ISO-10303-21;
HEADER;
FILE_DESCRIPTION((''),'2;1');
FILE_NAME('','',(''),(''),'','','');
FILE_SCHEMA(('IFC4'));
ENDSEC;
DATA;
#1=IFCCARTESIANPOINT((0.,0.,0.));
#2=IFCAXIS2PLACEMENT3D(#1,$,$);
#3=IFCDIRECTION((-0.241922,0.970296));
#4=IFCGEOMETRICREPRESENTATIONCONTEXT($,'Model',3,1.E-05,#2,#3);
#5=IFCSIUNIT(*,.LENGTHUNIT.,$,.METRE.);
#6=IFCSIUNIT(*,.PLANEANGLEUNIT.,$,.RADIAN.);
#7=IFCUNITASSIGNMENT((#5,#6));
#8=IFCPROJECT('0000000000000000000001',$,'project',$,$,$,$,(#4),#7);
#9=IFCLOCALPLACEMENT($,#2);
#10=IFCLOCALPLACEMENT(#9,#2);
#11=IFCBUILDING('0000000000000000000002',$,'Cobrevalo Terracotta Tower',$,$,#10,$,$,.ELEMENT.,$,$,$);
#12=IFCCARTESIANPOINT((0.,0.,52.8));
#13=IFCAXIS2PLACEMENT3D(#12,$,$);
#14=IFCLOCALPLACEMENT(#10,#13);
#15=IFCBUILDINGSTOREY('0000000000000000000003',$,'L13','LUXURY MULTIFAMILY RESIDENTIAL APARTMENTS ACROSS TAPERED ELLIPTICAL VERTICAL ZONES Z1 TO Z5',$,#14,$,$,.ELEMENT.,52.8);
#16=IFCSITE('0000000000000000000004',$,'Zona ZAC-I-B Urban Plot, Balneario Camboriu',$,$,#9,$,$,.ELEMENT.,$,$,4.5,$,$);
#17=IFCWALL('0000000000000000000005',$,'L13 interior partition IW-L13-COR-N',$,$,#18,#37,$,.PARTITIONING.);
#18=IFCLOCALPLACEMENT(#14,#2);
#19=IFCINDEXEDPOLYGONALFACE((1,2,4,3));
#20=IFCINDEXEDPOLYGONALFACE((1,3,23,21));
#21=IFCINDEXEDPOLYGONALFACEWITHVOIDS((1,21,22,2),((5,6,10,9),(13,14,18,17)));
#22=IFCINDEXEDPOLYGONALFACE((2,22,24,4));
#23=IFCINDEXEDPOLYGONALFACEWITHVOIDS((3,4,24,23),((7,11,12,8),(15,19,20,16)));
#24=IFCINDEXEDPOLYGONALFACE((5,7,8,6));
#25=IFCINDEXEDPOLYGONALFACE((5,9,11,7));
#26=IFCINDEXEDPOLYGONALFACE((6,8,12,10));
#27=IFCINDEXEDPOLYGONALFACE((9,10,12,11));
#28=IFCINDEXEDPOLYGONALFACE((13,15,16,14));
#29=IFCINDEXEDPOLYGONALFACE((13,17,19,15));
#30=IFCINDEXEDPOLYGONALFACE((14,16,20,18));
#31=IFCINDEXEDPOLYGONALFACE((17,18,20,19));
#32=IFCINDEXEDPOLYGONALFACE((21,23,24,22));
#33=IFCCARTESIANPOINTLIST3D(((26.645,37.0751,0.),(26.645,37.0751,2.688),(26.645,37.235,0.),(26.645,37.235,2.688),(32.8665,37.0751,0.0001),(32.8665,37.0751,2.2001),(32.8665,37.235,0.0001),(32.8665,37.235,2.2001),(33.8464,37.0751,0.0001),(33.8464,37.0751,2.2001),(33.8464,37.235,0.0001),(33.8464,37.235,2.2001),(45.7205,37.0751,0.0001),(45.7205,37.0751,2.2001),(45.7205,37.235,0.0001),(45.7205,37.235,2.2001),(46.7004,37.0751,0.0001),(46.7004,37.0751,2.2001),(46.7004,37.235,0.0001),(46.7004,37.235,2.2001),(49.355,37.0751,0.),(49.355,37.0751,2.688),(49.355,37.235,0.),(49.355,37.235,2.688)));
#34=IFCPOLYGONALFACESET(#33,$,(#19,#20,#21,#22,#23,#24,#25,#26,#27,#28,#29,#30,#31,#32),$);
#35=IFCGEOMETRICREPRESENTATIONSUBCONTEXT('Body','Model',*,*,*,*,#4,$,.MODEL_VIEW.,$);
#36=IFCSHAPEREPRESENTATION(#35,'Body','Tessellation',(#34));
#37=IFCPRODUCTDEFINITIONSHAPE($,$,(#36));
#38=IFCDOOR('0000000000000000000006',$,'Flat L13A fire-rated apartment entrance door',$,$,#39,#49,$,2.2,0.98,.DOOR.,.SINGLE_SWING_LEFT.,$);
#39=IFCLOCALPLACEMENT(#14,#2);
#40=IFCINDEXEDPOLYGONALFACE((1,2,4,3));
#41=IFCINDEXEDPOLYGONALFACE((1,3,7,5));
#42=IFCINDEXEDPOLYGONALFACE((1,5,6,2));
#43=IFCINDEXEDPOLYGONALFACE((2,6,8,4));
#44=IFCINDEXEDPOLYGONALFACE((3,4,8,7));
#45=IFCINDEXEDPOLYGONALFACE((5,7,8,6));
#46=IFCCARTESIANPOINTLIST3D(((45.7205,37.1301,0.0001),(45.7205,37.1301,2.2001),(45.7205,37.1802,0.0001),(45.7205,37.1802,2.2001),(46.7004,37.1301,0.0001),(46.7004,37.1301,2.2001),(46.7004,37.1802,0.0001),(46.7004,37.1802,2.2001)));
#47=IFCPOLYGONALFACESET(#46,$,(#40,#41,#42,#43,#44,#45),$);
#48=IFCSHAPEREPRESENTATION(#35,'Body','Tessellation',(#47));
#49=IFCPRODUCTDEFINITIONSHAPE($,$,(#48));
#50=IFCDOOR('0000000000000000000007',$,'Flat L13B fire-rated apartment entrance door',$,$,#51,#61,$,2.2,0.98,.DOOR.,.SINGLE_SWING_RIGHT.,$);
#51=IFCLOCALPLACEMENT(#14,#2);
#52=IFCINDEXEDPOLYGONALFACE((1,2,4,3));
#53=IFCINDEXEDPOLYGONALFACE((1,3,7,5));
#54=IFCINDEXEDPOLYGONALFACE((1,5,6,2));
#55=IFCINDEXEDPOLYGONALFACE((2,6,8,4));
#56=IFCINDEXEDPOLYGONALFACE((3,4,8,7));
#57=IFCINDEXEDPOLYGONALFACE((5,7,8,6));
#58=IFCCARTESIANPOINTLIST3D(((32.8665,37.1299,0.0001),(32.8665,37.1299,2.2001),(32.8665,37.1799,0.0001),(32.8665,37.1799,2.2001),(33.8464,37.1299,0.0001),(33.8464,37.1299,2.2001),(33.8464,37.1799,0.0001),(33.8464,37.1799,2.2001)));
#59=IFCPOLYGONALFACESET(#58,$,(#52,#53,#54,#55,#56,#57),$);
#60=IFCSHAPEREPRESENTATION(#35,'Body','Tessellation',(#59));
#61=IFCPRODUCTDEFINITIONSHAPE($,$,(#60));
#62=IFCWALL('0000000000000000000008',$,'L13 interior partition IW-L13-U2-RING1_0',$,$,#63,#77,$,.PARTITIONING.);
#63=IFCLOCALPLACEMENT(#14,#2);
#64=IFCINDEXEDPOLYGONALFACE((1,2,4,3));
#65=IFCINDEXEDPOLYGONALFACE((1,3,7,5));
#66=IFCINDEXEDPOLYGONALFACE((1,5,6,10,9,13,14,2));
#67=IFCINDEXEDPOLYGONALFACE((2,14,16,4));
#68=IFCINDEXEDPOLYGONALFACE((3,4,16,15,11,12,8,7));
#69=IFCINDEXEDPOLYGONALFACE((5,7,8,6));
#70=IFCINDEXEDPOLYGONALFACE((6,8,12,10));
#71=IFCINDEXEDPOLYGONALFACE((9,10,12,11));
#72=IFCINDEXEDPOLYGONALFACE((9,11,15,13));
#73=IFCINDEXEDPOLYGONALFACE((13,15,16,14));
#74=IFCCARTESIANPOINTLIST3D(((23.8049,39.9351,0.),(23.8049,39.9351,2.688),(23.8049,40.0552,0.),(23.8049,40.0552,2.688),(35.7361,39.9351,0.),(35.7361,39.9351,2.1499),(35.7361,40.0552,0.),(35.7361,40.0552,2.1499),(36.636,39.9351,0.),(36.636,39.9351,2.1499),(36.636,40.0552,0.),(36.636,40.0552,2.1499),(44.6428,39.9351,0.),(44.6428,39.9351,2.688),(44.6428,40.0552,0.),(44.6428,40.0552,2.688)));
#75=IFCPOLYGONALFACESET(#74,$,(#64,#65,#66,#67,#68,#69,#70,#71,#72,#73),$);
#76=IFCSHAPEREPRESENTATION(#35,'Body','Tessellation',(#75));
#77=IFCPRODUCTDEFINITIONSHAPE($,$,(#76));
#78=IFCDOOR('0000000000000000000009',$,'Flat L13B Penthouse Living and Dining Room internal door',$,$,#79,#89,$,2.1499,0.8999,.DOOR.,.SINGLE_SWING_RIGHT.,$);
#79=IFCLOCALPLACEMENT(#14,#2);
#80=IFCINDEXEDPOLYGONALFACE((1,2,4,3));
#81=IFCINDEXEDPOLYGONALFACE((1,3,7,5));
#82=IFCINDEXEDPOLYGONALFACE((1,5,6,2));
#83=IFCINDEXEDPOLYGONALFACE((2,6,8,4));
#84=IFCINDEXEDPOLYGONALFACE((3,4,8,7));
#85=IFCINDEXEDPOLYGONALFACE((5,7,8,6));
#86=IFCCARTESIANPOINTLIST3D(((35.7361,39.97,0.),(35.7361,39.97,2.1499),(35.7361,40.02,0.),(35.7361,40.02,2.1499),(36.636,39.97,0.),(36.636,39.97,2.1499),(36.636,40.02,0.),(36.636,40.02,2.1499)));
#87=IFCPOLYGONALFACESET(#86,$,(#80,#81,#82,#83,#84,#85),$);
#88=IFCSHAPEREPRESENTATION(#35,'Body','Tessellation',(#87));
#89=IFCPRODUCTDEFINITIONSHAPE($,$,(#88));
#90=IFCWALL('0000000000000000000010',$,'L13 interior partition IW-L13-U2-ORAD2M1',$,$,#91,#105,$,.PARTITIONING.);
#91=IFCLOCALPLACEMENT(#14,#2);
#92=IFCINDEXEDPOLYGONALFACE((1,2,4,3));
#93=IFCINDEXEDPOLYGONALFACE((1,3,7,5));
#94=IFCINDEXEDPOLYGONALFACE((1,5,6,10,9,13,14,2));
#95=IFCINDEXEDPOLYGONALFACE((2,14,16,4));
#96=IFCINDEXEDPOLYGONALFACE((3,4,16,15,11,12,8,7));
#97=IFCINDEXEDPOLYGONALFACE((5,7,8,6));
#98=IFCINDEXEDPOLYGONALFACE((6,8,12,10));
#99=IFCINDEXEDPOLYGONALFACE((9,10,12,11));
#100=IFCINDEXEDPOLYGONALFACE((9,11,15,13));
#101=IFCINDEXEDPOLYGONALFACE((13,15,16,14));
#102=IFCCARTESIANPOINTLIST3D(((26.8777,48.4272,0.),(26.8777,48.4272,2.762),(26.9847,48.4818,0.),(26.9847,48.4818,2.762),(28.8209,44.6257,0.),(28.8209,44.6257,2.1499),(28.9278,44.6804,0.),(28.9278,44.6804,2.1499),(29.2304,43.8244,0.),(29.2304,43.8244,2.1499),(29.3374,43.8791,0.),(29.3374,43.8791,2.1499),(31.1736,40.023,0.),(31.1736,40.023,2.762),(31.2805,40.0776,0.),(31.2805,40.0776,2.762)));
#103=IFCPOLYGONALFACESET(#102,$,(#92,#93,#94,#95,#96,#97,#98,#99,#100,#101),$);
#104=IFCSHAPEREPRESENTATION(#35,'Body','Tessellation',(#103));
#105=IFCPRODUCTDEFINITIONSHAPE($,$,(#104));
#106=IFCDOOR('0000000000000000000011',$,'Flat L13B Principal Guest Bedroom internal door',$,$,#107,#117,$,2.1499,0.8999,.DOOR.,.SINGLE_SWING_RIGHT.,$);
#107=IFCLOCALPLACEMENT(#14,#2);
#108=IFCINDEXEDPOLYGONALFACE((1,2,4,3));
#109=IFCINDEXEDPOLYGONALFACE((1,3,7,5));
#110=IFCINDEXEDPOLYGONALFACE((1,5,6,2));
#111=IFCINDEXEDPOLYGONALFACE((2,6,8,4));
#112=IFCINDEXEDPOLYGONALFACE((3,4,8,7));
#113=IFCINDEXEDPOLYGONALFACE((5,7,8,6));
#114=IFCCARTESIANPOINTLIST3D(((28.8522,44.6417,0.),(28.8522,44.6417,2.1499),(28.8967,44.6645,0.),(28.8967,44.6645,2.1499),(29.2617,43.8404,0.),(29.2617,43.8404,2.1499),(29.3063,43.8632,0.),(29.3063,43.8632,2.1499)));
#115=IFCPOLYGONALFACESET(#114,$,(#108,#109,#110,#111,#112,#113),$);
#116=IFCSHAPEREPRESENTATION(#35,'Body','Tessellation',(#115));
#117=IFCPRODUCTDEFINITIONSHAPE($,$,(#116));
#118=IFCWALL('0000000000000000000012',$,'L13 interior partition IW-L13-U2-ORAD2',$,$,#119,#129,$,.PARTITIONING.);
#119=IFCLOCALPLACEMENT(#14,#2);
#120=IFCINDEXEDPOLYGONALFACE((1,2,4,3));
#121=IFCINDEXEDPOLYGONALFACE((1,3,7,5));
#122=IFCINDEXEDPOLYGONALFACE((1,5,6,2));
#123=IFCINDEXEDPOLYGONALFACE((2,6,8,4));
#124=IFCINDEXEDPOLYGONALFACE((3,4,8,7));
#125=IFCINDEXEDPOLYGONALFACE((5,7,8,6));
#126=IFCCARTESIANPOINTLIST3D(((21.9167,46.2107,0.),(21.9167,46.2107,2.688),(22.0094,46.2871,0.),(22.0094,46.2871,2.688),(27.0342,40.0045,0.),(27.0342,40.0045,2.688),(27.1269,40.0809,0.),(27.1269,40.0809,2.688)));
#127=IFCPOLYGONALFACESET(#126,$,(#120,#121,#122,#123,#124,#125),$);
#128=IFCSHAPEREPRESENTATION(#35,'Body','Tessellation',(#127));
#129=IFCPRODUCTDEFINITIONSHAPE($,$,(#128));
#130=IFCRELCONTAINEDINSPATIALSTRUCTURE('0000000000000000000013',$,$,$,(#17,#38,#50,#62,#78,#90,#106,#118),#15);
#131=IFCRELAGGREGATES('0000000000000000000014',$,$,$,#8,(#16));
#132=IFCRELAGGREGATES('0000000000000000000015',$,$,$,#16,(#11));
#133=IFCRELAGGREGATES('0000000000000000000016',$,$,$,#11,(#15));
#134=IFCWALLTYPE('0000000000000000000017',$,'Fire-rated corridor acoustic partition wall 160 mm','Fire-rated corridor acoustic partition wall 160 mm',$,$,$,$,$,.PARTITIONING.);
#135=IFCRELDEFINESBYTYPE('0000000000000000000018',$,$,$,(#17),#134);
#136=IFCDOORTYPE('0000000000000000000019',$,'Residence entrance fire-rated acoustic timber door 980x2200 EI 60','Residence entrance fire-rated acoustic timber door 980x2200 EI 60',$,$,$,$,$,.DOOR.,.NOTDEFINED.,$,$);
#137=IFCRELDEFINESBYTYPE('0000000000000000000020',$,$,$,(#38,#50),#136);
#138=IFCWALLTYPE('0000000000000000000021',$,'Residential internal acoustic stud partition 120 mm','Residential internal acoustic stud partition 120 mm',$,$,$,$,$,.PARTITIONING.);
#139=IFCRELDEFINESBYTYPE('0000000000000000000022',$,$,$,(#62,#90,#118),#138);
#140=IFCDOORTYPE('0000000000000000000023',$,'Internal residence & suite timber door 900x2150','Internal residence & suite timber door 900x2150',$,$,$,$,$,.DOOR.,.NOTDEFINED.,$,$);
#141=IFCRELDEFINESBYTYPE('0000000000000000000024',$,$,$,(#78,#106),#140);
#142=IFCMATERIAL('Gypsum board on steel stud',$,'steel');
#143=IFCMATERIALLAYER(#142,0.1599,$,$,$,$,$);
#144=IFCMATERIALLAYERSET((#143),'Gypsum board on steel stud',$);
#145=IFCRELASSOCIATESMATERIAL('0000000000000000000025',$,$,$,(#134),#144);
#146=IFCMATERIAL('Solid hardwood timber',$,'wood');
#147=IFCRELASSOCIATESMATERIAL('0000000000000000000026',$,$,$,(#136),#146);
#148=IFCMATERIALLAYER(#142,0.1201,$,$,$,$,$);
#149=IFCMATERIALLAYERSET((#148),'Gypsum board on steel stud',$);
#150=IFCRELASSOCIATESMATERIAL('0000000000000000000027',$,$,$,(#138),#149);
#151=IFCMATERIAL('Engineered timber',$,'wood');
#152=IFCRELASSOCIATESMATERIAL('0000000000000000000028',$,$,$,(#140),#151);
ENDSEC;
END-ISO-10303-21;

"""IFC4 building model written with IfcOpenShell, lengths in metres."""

from ifc_helpers import new_model, si_unit, direction, frame, frame_2d, origin, place, context, subcontext, project, spatial, rectangle, extrude, source, transform, mapped, material, layer, layer_set, type_object, element, fill, save


model = new_model("IFC4")

# Units and contexts
model_context = context("Model", 3, precision=1e-05, world=origin(), true_north=direction((-0.241922, 0.970296)))
body_context = subcontext(model_context, "Body", "Model", "MODEL_VIEW")
ifc_project = project(units=[si_unit("LENGTHUNIT", "METRE"), si_unit("PLANEANGLEUNIT", "RADIAN")], contexts=[model_context])

# Site, building, storey
site_placement = place(None, origin())
site = spatial("IfcSite", under=ifc_project, at=site_placement, Name="Zona ZAC-I-B Urban Plot, Balneario Camboriu", CompositionType="ELEMENT", RefElevation=4.5)
building_placement = place(site_placement, origin())
building = spatial("IfcBuilding", under=site, at=building_placement, Name="Cobrevalo Terracotta Tower", CompositionType="ELEMENT")
storey_placement = place(building_placement, frame((0.0, 0.0, 52.8)))
storey = spatial("IfcBuildingStorey", under=building, at=storey_placement, Name="L13", Description="LUXURY MULTIFAMILY RESIDENTIAL APARTMENTS ACROSS TAPERED ELLIPTICAL VERTICAL ZONES Z1 TO Z5", CompositionType="ELEMENT", Elevation=52.8)

# Wall, openings, doors
ifc_material_1 = material(Name="Gypsum board on steel stud", Category="steel")
ifc_layer_1 = layer(ifc_material_1, 0.1599)
ifc_layer_set_1 = layer_set([ifc_layer_1], Name="Gypsum board on steel stud")
wall_type_1 = type_object("IfcWallType", Name="Fire-rated corridor acoustic partition wall 160 mm", Description="Fire-rated corridor acoustic partition wall 160 mm", PredefinedType="PARTITIONING", material=ifc_layer_set_1)
wall_1_placement = place(storey_placement, frame((26.645, 37.155, 0.0), z_axis=(0.0, 0.0, 1.0), x_axis=(1.0, 0.0, 0.0)))
wall_1 = element("IfcWall", 1, at=wall_1_placement, inside=storey, type_object=wall_type_1, Name="L13 interior partition IW-L13-COR-N", PredefinedType="PARTITIONING", context=body_context, shape_type="SweptSolid", body=[
    extrude(rectangle(XDim=22.71, YDim=0.1599, at=frame_2d((11.355, 0.0))), origin(), (0.0, 0.0, 1.0), 2.688),
])
opening_1_placement = place(wall_1_placement, frame((19.0754, 0.0, 0.0)))
opening_1 = element("IfcOpeningElement", 2, at=opening_1_placement, cuts=wall_1, PredefinedType="OPENING", context=body_context, shape_type="SweptSolid", body=[
    extrude(rectangle(XDim=0.98, YDim=2.2, at=frame_2d((0.49, 1.1001))), frame((0.0, 0.0898, 0.0), z_axis=(0.0, -1.0, 0.0), x_axis=(1.0, 0.0, 0.0)), (0.0, 0.0, 1.0), 0.1799),
])
opening_2_placement = place(wall_1_placement, frame((6.2214, 0.0, 0.0)))
opening_2 = element("IfcOpeningElement", 3, at=opening_2_placement, cuts=wall_1, PredefinedType="OPENING", context=body_context, shape_type="SweptSolid", body=[
    extrude(rectangle(XDim=0.98, YDim=2.2, at=frame_2d((0.49, 1.1001))), frame((0.0, 0.0898, 0.0), z_axis=(0.0, -1.0, 0.0), x_axis=(1.0, 0.0, 0.0)), (0.0, 0.0, 1.0), 0.1799),
])
ifc_material_2 = material(Name="Solid hardwood timber", Category="wood")
door_type_1 = type_object("IfcDoorType", Name="Residence entrance fire-rated acoustic timber door 980x2200 EI 60", Description="Residence entrance fire-rated acoustic timber door 980x2200 EI 60", OperationType="NOTDEFINED", PredefinedType="DOOR", material=ifc_material_2)
shared_shape_1 = source(origin(), body_context, "Body", "SweptSolid", [
    extrude(rectangle(XDim=0.98, YDim=2.2, at=frame_2d((0.49, 1.1001))), frame((0.0, 0.0249, 0.0), z_axis=(0.0, -1.0, 0.0), x_axis=(1.0, 0.0, 0.0)), (0.0, 0.0, 1.0), 0.05),
])
door_1_placement = place(opening_1_placement, frame((0.98, 0.0, 0.0), z_axis=(0.0, 0.0, 1.0), x_axis=(-1.0, 0.0, 0.0)))
door_1 = element("IfcDoor", 4, at=door_1_placement, inside=storey, type_object=door_type_1, Name="Flat L13A fire-rated apartment entrance door", OperationType="SINGLE_SWING_LEFT", OverallHeight=2.2, OverallWidth=0.98, PredefinedType="DOOR", context=body_context, shape_type="MappedRepresentation", body=[
    mapped(shared_shape_1, transform((0.0, 0.0, 0.0), scale=1.0)),
])
fill(opening_1, door_1)
door_2_placement = place(opening_2_placement, origin())
door_2 = element("IfcDoor", 5, at=door_2_placement, inside=storey, type_object=door_type_1, Name="Flat L13B fire-rated apartment entrance door", OperationType="SINGLE_SWING_RIGHT", OverallHeight=2.2, OverallWidth=0.98, PredefinedType="DOOR", context=body_context, shape_type="MappedRepresentation", body=[
    mapped(shared_shape_1, transform((0.0, 0.0, 0.0), scale=1.0)),
])
fill(opening_2, door_2)

# Walls, openings, doors
ifc_layer_2 = layer(ifc_material_1, 0.1201)
ifc_layer_set_2 = layer_set([ifc_layer_2], Name="Gypsum board on steel stud")
wall_type_2 = type_object("IfcWallType", Name="Residential internal acoustic stud partition 120 mm", Description="Residential internal acoustic stud partition 120 mm", PredefinedType="PARTITIONING", material=ifc_layer_set_2)
wall_2_placement = place(storey_placement, frame((23.8049, 39.9951, 0.0), z_axis=(0.0, 0.0, 1.0), x_axis=(1.0, 0.0, 0.0)))
wall_2 = element("IfcWall", 6, at=wall_2_placement, inside=storey, type_object=wall_type_2, Name="L13 interior partition IW-L13-U2-RING1_0", PredefinedType="PARTITIONING", context=body_context, shape_type="SweptSolid", body=[
    extrude(rectangle(XDim=20.8379, YDim=0.1201, at=frame_2d((10.4189, 0.0))), origin(), (0.0, 0.0, 1.0), 2.688),
])
opening_3_placement = place(wall_2_placement, frame((11.9312, 0.0, 0.0)))
opening_3 = element("IfcOpeningElement", 7, at=opening_3_placement, cuts=wall_2, PredefinedType="OPENING", context=body_context, shape_type="SweptSolid", body=[
    extrude(rectangle(XDim=0.8999, YDim=2.1499, at=frame_2d((0.45, 1.075))), frame((0.0, 0.0701, 0.0), z_axis=(0.0, -1.0, 0.0), x_axis=(1.0, 0.0, 0.0)), (0.0, 0.0, 1.0), 0.1401),
])
ifc_material_3 = material(Name="Engineered timber", Category="wood")
door_type_2 = type_object("IfcDoorType", Name="Internal residence & suite timber door 900x2150", Description="Internal residence & suite timber door 900x2150", OperationType="NOTDEFINED", PredefinedType="DOOR", material=ifc_material_3)
shared_shape_2 = source(origin(), body_context, "Body", "SweptSolid", [
    extrude(rectangle(XDim=0.8999, YDim=2.1499, at=frame_2d((0.45, 1.075))), frame((0.0, 0.0249, 0.0), z_axis=(0.0, -1.0, 0.0), x_axis=(1.0, 0.0, 0.0)), (0.0, 0.0, 1.0), 0.05),
])
door_3_placement = place(opening_3_placement, origin())
door_3 = element("IfcDoor", 8, at=door_3_placement, inside=storey, type_object=door_type_2, Name="Flat L13B Penthouse Living and Dining Room internal door", OperationType="SINGLE_SWING_RIGHT", OverallHeight=2.1499, OverallWidth=0.8999, PredefinedType="DOOR", context=body_context, shape_type="MappedRepresentation", body=[
    mapped(shared_shape_2, transform((0.0, 0.0, 0.0), scale=1.0)),
])
fill(opening_3, door_3)
wall_3_placement = place(storey_placement, frame((31.2271, 40.0503, 0.0), z_axis=(0.0, 0.0, 1.0), x_axis=(-0.455142, 0.890419, 0.0)))
wall_3 = element("IfcWall", 9, at=wall_3_placement, inside=storey, type_object=wall_type_2, Name="L13 interior partition IW-L13-U2-ORAD2M1", PredefinedType="PARTITIONING", context=body_context, shape_type="SweptSolid", body=[
    extrude(rectangle(XDim=9.4385, YDim=0.1201, at=frame_2d((4.7192, 0.0))), origin(), (0.0, 0.0, 1.0), 2.762),
])
opening_4_placement = place(wall_3_placement, frame((4.2693, 0.0, 0.0)))
opening_4 = element("IfcOpeningElement", 10, at=opening_4_placement, cuts=wall_3, PredefinedType="OPENING", context=body_context, shape_type="SweptSolid", body=[
    extrude(rectangle(XDim=0.8999, YDim=2.1499, at=frame_2d((0.45, 1.075))), frame((0.0, 0.0701, 0.0), z_axis=(0.0, -1.0, 0.0), x_axis=(1.0, 0.0, 0.0)), (0.0, 0.0, 1.0), 0.1401),
])
door_4_placement = place(opening_4_placement, origin())
door_4 = element("IfcDoor", 11, at=door_4_placement, inside=storey, type_object=door_type_2, Name="Flat L13B Principal Guest Bedroom internal door", OperationType="SINGLE_SWING_RIGHT", OverallHeight=2.1499, OverallWidth=0.8999, PredefinedType="DOOR", context=body_context, shape_type="MappedRepresentation", body=[
    mapped(shared_shape_2, transform((0.0, 0.0, 0.0), scale=1.0)),
])
fill(opening_4, door_4)

# Wall
wall_4_placement = place(storey_placement, frame((27.0806, 40.0427, 0.0), z_axis=(0.0, 0.0, 1.0), x_axis=(-0.636193, 0.77153, 0.0)))
element("IfcWall", 12, at=wall_4_placement, inside=storey, type_object=wall_type_2, Name="L13 interior partition IW-L13-U2-ORAD2", PredefinedType="PARTITIONING", context=body_context, shape_type="SweptSolid", body=[
    extrude(rectangle(XDim=8.0439, YDim=0.1201, at=frame_2d((4.022, 0.0))), origin(), (0.0, 0.0, 1.0), 2.688),
])

save(model, "model.ifc")
